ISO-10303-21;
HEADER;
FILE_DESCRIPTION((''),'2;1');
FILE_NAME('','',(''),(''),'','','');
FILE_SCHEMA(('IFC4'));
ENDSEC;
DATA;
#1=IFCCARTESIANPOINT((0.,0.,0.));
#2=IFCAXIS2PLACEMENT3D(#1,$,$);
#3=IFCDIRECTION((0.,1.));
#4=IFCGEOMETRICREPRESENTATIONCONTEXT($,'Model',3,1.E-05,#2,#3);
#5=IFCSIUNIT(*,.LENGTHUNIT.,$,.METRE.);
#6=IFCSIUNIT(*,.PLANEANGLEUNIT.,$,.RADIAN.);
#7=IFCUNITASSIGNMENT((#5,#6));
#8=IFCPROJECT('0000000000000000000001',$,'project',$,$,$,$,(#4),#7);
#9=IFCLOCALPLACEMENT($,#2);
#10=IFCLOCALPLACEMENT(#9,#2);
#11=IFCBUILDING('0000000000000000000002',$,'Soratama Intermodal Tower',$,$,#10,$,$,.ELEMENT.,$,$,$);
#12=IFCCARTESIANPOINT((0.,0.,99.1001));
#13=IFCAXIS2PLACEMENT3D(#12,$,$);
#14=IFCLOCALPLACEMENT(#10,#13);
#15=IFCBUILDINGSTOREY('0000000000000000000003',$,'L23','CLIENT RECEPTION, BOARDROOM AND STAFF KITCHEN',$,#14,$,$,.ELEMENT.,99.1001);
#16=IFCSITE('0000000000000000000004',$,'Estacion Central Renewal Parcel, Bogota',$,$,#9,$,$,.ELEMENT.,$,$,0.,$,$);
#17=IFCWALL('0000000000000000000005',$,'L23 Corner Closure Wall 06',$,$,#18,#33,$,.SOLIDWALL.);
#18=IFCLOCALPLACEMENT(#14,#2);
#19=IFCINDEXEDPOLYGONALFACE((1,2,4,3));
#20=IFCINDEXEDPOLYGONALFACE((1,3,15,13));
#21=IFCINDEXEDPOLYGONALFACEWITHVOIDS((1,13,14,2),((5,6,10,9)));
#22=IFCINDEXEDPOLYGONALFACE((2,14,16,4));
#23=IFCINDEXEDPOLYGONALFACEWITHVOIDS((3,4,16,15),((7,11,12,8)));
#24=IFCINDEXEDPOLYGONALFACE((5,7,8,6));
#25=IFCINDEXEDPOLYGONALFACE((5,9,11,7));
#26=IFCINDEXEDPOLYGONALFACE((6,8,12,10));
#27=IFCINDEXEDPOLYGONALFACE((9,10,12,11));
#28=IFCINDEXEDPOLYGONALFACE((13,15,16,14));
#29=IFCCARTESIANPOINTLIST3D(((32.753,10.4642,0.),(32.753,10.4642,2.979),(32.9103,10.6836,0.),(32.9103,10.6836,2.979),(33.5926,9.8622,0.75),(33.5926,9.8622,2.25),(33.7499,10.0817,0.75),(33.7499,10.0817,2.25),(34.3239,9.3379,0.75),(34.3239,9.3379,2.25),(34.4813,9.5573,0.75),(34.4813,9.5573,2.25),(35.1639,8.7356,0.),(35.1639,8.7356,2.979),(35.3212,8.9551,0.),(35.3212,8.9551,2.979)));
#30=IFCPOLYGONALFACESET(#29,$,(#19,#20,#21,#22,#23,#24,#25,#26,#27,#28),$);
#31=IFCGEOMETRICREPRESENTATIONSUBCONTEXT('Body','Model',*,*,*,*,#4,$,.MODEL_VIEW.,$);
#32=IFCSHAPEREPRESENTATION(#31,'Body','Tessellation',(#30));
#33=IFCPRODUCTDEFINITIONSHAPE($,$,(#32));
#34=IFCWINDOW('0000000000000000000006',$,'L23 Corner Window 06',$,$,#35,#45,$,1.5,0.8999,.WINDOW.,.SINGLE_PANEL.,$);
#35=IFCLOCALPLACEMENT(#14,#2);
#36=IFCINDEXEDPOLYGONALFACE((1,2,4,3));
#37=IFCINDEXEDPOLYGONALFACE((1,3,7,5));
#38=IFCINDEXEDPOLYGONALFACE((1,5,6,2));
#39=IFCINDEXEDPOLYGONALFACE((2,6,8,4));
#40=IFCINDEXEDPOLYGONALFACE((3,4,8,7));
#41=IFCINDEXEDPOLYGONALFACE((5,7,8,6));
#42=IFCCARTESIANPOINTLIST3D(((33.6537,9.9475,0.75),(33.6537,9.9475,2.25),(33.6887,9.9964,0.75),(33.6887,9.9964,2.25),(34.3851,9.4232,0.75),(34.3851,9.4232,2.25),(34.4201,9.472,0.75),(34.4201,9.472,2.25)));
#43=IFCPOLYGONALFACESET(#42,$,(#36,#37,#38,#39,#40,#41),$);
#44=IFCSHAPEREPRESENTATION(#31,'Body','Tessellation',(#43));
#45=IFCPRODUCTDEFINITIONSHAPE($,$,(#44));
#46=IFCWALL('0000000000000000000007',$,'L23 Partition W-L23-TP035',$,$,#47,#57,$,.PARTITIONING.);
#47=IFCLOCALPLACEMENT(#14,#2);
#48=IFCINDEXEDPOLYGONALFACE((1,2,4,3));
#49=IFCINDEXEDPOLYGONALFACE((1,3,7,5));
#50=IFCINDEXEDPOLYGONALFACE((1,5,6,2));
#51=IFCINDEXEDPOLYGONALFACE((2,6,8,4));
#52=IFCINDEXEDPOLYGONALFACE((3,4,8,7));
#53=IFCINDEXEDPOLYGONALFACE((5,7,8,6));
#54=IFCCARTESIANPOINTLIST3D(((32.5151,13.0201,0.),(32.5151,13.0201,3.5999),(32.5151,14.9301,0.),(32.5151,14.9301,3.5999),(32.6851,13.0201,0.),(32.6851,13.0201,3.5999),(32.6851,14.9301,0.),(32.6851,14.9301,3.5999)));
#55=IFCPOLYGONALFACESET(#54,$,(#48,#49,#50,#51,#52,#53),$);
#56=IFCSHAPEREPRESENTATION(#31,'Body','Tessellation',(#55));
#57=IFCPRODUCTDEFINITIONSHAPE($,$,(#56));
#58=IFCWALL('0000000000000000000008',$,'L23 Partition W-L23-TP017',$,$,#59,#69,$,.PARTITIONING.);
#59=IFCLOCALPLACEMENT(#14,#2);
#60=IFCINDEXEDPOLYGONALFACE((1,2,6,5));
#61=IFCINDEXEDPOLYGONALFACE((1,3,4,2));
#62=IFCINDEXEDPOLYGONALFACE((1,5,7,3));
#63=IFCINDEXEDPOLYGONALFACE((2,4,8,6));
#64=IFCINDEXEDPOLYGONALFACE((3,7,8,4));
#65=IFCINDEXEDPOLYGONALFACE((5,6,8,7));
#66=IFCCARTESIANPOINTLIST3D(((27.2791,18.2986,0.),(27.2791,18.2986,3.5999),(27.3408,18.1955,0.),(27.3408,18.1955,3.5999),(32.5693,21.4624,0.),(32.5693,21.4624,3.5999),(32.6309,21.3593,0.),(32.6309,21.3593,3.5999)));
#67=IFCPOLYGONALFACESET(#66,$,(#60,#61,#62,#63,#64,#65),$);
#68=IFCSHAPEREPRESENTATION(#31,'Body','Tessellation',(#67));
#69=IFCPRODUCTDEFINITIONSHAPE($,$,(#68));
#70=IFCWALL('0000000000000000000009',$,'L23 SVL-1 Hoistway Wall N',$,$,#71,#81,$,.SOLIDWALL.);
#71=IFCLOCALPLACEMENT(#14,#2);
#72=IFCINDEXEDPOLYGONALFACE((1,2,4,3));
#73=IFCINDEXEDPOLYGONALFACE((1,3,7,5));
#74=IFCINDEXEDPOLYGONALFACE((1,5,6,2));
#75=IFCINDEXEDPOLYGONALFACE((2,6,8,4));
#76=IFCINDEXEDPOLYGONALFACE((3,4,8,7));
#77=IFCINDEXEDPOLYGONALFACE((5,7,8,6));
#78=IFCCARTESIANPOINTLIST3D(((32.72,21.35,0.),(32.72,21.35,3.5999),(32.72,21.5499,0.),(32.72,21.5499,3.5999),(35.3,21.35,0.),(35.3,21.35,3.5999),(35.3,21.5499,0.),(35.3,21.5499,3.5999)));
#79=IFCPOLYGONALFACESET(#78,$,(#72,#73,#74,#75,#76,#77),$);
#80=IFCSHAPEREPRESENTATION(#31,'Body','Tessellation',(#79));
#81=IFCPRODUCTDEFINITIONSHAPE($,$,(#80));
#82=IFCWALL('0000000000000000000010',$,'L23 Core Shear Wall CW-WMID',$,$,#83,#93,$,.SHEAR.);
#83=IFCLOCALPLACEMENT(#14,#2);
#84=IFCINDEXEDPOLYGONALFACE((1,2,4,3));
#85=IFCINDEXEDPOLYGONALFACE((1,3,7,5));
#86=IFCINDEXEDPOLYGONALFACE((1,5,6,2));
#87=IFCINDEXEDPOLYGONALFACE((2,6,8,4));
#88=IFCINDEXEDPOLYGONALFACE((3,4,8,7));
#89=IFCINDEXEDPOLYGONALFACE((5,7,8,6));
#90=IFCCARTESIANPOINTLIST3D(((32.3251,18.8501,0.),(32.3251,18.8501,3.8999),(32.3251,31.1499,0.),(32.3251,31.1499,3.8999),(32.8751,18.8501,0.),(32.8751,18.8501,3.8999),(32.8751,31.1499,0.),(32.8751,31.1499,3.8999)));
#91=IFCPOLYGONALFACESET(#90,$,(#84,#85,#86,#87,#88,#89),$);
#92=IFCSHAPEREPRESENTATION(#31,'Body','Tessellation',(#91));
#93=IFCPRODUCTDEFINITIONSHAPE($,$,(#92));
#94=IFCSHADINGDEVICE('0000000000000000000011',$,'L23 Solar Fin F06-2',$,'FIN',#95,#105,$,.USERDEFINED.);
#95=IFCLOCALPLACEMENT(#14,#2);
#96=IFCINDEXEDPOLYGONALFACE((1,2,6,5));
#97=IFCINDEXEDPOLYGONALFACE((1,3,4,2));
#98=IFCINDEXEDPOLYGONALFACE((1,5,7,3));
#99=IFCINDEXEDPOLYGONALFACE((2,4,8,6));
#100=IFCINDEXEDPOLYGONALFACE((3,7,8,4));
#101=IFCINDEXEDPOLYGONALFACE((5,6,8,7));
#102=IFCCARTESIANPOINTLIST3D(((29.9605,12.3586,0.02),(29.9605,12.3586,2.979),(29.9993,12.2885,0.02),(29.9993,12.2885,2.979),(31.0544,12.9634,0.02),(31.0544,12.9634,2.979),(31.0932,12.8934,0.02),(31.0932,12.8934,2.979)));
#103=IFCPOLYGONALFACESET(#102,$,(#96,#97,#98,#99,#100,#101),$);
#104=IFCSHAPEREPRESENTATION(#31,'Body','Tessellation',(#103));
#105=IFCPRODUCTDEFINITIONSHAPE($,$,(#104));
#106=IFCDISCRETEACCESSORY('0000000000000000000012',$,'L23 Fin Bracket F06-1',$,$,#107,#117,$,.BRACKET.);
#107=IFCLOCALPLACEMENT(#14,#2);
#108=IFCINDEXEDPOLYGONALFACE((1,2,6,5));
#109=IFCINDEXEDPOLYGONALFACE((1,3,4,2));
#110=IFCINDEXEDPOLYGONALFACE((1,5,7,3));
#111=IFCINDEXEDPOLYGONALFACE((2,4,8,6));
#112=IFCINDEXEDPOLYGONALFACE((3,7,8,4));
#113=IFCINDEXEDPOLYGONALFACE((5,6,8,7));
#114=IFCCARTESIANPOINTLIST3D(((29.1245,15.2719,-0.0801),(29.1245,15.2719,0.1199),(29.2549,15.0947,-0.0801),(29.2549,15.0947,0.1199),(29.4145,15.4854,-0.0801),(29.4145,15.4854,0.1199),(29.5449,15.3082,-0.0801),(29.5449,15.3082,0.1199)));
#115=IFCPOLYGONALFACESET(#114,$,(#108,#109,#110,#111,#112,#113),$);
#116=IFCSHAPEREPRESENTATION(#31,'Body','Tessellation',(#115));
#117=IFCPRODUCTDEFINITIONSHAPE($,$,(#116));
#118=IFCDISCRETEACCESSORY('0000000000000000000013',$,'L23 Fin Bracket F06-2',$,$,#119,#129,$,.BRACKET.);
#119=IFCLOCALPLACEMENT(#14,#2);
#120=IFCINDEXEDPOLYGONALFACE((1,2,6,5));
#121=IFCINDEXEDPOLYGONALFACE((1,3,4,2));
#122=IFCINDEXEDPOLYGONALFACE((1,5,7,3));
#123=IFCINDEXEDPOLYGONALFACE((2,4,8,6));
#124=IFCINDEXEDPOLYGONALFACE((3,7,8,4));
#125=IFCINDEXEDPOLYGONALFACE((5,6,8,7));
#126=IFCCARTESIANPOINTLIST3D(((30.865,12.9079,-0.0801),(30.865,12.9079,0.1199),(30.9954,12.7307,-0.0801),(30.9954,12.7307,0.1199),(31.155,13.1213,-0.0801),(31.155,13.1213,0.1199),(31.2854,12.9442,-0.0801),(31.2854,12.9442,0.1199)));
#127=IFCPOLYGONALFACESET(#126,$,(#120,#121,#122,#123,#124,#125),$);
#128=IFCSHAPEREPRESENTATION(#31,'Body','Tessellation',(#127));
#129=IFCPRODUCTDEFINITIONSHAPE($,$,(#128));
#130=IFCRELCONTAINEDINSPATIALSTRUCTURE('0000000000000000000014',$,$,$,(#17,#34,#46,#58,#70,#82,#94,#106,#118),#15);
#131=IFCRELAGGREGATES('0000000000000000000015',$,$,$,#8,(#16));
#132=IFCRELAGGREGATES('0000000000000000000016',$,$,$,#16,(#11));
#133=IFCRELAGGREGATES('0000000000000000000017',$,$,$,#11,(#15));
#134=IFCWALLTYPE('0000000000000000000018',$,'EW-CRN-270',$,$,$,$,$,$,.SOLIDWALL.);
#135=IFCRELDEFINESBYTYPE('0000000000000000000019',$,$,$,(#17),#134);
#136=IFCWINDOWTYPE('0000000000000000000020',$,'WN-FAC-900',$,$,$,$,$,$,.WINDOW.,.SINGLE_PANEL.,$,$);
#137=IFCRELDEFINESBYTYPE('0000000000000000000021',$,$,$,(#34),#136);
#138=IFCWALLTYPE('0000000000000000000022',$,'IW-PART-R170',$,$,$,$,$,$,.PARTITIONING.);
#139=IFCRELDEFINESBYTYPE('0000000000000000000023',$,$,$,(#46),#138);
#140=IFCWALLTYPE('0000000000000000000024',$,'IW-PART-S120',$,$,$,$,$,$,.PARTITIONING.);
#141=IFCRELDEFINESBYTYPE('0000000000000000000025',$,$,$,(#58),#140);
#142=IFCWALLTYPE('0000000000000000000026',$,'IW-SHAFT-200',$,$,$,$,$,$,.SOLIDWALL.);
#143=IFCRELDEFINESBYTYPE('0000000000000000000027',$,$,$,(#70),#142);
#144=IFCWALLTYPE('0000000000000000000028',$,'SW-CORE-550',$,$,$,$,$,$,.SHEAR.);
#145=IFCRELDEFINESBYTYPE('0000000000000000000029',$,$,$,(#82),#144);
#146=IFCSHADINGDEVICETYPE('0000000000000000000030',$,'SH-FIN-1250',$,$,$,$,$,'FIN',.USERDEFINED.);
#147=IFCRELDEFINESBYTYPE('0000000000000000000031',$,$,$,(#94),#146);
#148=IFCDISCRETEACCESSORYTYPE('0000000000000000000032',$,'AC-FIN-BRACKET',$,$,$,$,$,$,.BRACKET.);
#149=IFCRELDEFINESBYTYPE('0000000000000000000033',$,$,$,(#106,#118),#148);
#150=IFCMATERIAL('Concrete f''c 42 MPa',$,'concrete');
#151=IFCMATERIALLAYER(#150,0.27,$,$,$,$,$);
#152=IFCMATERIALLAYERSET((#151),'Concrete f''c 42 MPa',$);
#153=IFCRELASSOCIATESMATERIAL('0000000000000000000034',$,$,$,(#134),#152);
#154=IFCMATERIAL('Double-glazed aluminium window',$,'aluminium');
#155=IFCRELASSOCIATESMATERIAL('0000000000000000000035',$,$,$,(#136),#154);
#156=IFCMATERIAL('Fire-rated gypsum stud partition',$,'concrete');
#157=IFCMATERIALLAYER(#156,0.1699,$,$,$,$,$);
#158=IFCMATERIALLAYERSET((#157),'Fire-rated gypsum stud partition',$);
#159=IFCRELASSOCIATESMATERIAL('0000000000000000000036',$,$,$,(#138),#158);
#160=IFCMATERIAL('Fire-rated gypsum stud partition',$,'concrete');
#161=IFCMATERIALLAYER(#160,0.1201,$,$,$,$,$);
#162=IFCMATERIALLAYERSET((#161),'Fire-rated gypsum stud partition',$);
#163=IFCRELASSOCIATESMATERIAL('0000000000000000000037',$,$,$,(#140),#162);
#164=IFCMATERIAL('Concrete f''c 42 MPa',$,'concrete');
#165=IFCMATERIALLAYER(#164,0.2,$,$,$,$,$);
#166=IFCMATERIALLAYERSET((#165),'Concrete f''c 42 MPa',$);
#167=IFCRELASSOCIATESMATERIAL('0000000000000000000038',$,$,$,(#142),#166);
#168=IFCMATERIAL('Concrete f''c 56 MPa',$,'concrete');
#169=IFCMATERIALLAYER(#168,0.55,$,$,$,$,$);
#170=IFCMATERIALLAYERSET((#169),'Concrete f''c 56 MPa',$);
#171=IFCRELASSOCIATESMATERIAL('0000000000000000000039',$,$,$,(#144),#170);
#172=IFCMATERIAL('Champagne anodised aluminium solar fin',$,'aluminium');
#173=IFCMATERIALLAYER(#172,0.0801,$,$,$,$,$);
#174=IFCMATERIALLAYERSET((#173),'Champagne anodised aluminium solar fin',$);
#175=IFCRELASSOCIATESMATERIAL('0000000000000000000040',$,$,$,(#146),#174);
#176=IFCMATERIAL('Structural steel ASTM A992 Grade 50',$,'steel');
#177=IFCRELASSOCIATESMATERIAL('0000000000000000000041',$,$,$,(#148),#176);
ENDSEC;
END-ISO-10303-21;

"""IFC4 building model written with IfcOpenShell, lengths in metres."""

from ifc_helpers import new_model, si_unit, direction, frame, frame_2d, origin, origin_2d, place, context, subcontext, project, spatial, rectangle, extrude, material, layer, layer_set, type_object, element, fill, save


model = new_model("IFC4")

# Units and contexts
model_context = context("Model", 3, precision=1e-05, world=origin(), true_north=direction((0.0, 1.0)))
body_context = subcontext(model_context, "Body", "Model", "MODEL_VIEW")
ifc_project = project(units=[si_unit("LENGTHUNIT", "METRE"), si_unit("PLANEANGLEUNIT", "RADIAN")], contexts=[model_context])

# Site, building, storey
site_placement = place(None, origin())
site = spatial("IfcSite", under=ifc_project, at=site_placement, Name="Estacion Central Renewal Parcel, Bogota", CompositionType="ELEMENT", RefElevation=0.0)
building_placement = place(site_placement, origin())
building = spatial("IfcBuilding", under=site, at=building_placement, Name="Soratama Intermodal Tower", CompositionType="ELEMENT")
storey_placement = place(building_placement, frame((0.0, 0.0, 99.1001)))
storey = spatial("IfcBuildingStorey", under=building, at=storey_placement, Name="L23", Description="CLIENT RECEPTION, BOARDROOM AND STAFF KITCHEN", CompositionType="ELEMENT", Elevation=99.1001)

# Wall, opening, window
ifc_material_1 = material(Name="Concrete f'c 42 MPa", Category="concrete")
ifc_layer_1 = layer(ifc_material_1, 0.27)
ifc_layer_set_1 = layer_set([ifc_layer_1], Name="Concrete f'c 42 MPa")
wall_type_1 = type_object("IfcWallType", Name="EW-CRN-270", PredefinedType="SOLIDWALL", material=ifc_layer_set_1)
wall_1_placement = place(storey_placement, frame((32.8315, 10.574, 0.0), z_axis=(0.0, 0.0, 1.0), x_axis=(0.812703, -0.582678, 0.0)))
wall_1 = element("IfcWall", 1, at=wall_1_placement, inside=storey, type_object=wall_type_1, Name="L23 Corner Closure Wall 06", PredefinedType="SOLIDWALL", context=body_context, shape_type="SweptSolid", body=[
    extrude(rectangle(XDim=2.9666, YDim=0.27, at=frame_2d((1.4834, 0.0))), origin(), (0.0, 0.0, 1.0), 2.979),
])
opening_placement = place(wall_1_placement, frame((1.0332, 0.0, 0.75)))
opening = element("IfcOpeningElement", 2, at=opening_placement, cuts=wall_1, PredefinedType="OPENING", context=body_context, shape_type="SweptSolid", body=[
    extrude(rectangle(XDim=0.8999, YDim=1.5, at=frame_2d((0.45, 0.75))), frame((0.0, 0.145, 0.0), z_axis=(0.0, -1.0, 0.0), x_axis=(1.0, 0.0, 0.0)), (0.0, 0.0, 1.0), 0.29),
])
ifc_material_2 = material(Name="Double-glazed aluminium window", Category="aluminium")
window_type = type_object("IfcWindowType", Name="WN-FAC-900", PartitioningType="SINGLE_PANEL", PredefinedType="WINDOW", material=ifc_material_2)
window_placement = place(opening_placement, origin())
window = element("IfcWindow", 3, at=window_placement, inside=storey, type_object=window_type, Name="L23 Corner Window 06", OverallHeight=1.5, OverallWidth=0.8999, PartitioningType="SINGLE_PANEL", PredefinedType="WINDOW", context=body_context, shape_type="SweptSolid", body=[
    extrude(rectangle(XDim=0.8999, YDim=1.5, at=frame_2d((0.45, 0.75))), frame((0.0, 0.03, 0.0), z_axis=(0.0, -1.0, 0.0), x_axis=(1.0, 0.0, 0.0)), (0.0, 0.0, 1.0), 0.0601),
])
fill(opening, window)

# Walls
ifc_material_3 = material(Name="Fire-rated gypsum stud partition", Category="concrete")
ifc_layer_2 = layer(ifc_material_3, 0.1699)
ifc_layer_set_2 = layer_set([ifc_layer_2], Name="Fire-rated gypsum stud partition")
wall_type_2 = type_object("IfcWallType", Name="IW-PART-R170", PredefinedType="PARTITIONING", material=ifc_layer_set_2)
wall_2_placement = place(storey_placement, frame((32.6001, 13.02, 0.0), z_axis=(0.0, 0.0, 1.0), x_axis=(0.0, 1.0, 0.0)))
element("IfcWall", 4, at=wall_2_placement, inside=storey, type_object=wall_type_2, Name="L23 Partition W-L23-TP035", PredefinedType="PARTITIONING", context=body_context, shape_type="SweptSolid", body=[
    extrude(rectangle(XDim=1.9099, YDim=0.1699, at=frame_2d((0.9551, 0.0))), origin(), (0.0, 0.0, 1.0), 3.5999),
])
ifc_material_4 = material(Name="Fire-rated gypsum stud partition", Category="concrete")
ifc_layer_3 = layer(ifc_material_4, 0.1201)
ifc_layer_set_3 = layer_set([ifc_layer_3], Name="Fire-rated gypsum stud partition")
wall_type_3 = type_object("IfcWallType", Name="IW-PART-S120", PredefinedType="PARTITIONING", material=ifc_layer_set_3)
wall_3_placement = place(storey_placement, frame((32.6001, 21.4109, 0.0), z_axis=(0.0, 0.0, 1.0), x_axis=(-0.858222, -0.513278, 0.0)))
element("IfcWall", 5, at=wall_3_placement, inside=storey, type_object=wall_type_3, Name="L23 Partition W-L23-TP017", PredefinedType="PARTITIONING", context=body_context, shape_type="SweptSolid", body=[
    extrude(rectangle(XDim=6.1641, YDim=0.1201, at=frame_2d((3.082, 0.0))), origin(), (0.0, 0.0, 1.0), 3.5999),
])
ifc_material_5 = material(Name="Concrete f'c 42 MPa", Category="concrete")
ifc_layer_4 = layer(ifc_material_5, 0.2)
ifc_layer_set_4 = layer_set([ifc_layer_4], Name="Concrete f'c 42 MPa")
wall_type_4 = type_object("IfcWallType", Name="IW-SHAFT-200", PredefinedType="SOLIDWALL", material=ifc_layer_set_4)
wall_4_placement = place(storey_placement, frame((32.72, 21.45, 0.0), z_axis=(0.0, 0.0, 1.0), x_axis=(1.0, 0.0, 0.0)))
element("IfcWall", 6, at=wall_4_placement, inside=storey, type_object=wall_type_4, Name="L23 SVL-1 Hoistway Wall N", PredefinedType="SOLIDWALL", context=body_context, shape_type="SweptSolid", body=[
    extrude(rectangle(XDim=2.5801, YDim=0.2, at=frame_2d((1.29, 0.0))), origin(), (0.0, 0.0, 1.0), 3.5999),
])
ifc_material_6 = material(Name="Concrete f'c 56 MPa", Category="concrete")
ifc_layer_5 = layer(ifc_material_6, 0.55)
ifc_layer_set_5 = layer_set([ifc_layer_5], Name="Concrete f'c 56 MPa")
wall_type_5 = type_object("IfcWallType", Name="SW-CORE-550", PredefinedType="SHEAR", material=ifc_layer_set_5)
wall_5_placement = place(storey_placement, frame((32.6001, 18.8501, 0.0), z_axis=(0.0, 0.0, 1.0), x_axis=(0.0, 1.0, 0.0)))
element("IfcWall", 7, at=wall_5_placement, inside=storey, type_object=wall_type_5, Name="L23 Core Shear Wall CW-WMID", PredefinedType="SHEAR", context=body_context, shape_type="SweptSolid", body=[
    extrude(rectangle(XDim=12.2998, YDim=0.55, at=frame_2d((6.1499, 0.0))), origin(), (0.0, 0.0, 1.0), 3.8999),
])

# Shading device
ifc_material_7 = material(Name="Champagne anodised aluminium solar fin", Category="aluminium")
ifc_layer_6 = layer(ifc_material_7, 0.0801)
ifc_layer_set_6 = layer_set([ifc_layer_6], Name="Champagne anodised aluminium solar fin")
shading_device_type = type_object("IfcShadingDeviceType", Name="SH-FIN-1250", ElementType="FIN", PredefinedType="USERDEFINED", material=ifc_layer_set_6)
shading_device_placement = place(storey_placement, frame((30.5269, 12.626, 0.02), z_axis=(0.0, 0.0, 1.0), x_axis=(-0.875127, -0.483893, 0.0)))
element("IfcShadingDevice", 8, at=shading_device_placement, inside=storey, type_object=shading_device_type, Name="L23 Solar Fin F06-2", ObjectType="FIN", PredefinedType="USERDEFINED", context=body_context, shape_type="SweptSolid", body=[
    extrude(rectangle(XDim=1.25, YDim=0.0801, at=origin_2d()), origin(), (0.0, 0.0, 1.0), 2.959),
])

# Discrete accessories
ifc_material_8 = material(Name="Structural steel ASTM A992 Grade 50", Category="steel")
discrete_accessory_type = type_object("IfcDiscreteAccessoryType", Name="AC-FIN-BRACKET", PredefinedType="BRACKET", material=ifc_material_8)
for number, where, z_axis, x_axis, name in (
    (9, (29.3347, 15.29, -0.0801), (0.0, 0.0, 1.0), (-0.805308, -0.592857, 0.0), "L23 Fin Bracket F06-1"),
    (10, (31.0752, 12.926, -0.0801), (0.0, 0.0, 1.0), (-0.805308, -0.592857, 0.0), "L23 Fin Bracket F06-2"),
):
    element("IfcDiscreteAccessory", number, at=place(storey_placement, frame(where, z_axis=z_axis, x_axis=x_axis)), inside=storey, type_object=discrete_accessory_type, Name=name, PredefinedType="BRACKET", context=body_context, shape_type="SweptSolid", body=[
        extrude(rectangle(XDim=0.3601, YDim=0.22, at=origin_2d()), origin(), (0.0, 0.0, 1.0), 0.2),
    ])

save(model, "model.ifc")
